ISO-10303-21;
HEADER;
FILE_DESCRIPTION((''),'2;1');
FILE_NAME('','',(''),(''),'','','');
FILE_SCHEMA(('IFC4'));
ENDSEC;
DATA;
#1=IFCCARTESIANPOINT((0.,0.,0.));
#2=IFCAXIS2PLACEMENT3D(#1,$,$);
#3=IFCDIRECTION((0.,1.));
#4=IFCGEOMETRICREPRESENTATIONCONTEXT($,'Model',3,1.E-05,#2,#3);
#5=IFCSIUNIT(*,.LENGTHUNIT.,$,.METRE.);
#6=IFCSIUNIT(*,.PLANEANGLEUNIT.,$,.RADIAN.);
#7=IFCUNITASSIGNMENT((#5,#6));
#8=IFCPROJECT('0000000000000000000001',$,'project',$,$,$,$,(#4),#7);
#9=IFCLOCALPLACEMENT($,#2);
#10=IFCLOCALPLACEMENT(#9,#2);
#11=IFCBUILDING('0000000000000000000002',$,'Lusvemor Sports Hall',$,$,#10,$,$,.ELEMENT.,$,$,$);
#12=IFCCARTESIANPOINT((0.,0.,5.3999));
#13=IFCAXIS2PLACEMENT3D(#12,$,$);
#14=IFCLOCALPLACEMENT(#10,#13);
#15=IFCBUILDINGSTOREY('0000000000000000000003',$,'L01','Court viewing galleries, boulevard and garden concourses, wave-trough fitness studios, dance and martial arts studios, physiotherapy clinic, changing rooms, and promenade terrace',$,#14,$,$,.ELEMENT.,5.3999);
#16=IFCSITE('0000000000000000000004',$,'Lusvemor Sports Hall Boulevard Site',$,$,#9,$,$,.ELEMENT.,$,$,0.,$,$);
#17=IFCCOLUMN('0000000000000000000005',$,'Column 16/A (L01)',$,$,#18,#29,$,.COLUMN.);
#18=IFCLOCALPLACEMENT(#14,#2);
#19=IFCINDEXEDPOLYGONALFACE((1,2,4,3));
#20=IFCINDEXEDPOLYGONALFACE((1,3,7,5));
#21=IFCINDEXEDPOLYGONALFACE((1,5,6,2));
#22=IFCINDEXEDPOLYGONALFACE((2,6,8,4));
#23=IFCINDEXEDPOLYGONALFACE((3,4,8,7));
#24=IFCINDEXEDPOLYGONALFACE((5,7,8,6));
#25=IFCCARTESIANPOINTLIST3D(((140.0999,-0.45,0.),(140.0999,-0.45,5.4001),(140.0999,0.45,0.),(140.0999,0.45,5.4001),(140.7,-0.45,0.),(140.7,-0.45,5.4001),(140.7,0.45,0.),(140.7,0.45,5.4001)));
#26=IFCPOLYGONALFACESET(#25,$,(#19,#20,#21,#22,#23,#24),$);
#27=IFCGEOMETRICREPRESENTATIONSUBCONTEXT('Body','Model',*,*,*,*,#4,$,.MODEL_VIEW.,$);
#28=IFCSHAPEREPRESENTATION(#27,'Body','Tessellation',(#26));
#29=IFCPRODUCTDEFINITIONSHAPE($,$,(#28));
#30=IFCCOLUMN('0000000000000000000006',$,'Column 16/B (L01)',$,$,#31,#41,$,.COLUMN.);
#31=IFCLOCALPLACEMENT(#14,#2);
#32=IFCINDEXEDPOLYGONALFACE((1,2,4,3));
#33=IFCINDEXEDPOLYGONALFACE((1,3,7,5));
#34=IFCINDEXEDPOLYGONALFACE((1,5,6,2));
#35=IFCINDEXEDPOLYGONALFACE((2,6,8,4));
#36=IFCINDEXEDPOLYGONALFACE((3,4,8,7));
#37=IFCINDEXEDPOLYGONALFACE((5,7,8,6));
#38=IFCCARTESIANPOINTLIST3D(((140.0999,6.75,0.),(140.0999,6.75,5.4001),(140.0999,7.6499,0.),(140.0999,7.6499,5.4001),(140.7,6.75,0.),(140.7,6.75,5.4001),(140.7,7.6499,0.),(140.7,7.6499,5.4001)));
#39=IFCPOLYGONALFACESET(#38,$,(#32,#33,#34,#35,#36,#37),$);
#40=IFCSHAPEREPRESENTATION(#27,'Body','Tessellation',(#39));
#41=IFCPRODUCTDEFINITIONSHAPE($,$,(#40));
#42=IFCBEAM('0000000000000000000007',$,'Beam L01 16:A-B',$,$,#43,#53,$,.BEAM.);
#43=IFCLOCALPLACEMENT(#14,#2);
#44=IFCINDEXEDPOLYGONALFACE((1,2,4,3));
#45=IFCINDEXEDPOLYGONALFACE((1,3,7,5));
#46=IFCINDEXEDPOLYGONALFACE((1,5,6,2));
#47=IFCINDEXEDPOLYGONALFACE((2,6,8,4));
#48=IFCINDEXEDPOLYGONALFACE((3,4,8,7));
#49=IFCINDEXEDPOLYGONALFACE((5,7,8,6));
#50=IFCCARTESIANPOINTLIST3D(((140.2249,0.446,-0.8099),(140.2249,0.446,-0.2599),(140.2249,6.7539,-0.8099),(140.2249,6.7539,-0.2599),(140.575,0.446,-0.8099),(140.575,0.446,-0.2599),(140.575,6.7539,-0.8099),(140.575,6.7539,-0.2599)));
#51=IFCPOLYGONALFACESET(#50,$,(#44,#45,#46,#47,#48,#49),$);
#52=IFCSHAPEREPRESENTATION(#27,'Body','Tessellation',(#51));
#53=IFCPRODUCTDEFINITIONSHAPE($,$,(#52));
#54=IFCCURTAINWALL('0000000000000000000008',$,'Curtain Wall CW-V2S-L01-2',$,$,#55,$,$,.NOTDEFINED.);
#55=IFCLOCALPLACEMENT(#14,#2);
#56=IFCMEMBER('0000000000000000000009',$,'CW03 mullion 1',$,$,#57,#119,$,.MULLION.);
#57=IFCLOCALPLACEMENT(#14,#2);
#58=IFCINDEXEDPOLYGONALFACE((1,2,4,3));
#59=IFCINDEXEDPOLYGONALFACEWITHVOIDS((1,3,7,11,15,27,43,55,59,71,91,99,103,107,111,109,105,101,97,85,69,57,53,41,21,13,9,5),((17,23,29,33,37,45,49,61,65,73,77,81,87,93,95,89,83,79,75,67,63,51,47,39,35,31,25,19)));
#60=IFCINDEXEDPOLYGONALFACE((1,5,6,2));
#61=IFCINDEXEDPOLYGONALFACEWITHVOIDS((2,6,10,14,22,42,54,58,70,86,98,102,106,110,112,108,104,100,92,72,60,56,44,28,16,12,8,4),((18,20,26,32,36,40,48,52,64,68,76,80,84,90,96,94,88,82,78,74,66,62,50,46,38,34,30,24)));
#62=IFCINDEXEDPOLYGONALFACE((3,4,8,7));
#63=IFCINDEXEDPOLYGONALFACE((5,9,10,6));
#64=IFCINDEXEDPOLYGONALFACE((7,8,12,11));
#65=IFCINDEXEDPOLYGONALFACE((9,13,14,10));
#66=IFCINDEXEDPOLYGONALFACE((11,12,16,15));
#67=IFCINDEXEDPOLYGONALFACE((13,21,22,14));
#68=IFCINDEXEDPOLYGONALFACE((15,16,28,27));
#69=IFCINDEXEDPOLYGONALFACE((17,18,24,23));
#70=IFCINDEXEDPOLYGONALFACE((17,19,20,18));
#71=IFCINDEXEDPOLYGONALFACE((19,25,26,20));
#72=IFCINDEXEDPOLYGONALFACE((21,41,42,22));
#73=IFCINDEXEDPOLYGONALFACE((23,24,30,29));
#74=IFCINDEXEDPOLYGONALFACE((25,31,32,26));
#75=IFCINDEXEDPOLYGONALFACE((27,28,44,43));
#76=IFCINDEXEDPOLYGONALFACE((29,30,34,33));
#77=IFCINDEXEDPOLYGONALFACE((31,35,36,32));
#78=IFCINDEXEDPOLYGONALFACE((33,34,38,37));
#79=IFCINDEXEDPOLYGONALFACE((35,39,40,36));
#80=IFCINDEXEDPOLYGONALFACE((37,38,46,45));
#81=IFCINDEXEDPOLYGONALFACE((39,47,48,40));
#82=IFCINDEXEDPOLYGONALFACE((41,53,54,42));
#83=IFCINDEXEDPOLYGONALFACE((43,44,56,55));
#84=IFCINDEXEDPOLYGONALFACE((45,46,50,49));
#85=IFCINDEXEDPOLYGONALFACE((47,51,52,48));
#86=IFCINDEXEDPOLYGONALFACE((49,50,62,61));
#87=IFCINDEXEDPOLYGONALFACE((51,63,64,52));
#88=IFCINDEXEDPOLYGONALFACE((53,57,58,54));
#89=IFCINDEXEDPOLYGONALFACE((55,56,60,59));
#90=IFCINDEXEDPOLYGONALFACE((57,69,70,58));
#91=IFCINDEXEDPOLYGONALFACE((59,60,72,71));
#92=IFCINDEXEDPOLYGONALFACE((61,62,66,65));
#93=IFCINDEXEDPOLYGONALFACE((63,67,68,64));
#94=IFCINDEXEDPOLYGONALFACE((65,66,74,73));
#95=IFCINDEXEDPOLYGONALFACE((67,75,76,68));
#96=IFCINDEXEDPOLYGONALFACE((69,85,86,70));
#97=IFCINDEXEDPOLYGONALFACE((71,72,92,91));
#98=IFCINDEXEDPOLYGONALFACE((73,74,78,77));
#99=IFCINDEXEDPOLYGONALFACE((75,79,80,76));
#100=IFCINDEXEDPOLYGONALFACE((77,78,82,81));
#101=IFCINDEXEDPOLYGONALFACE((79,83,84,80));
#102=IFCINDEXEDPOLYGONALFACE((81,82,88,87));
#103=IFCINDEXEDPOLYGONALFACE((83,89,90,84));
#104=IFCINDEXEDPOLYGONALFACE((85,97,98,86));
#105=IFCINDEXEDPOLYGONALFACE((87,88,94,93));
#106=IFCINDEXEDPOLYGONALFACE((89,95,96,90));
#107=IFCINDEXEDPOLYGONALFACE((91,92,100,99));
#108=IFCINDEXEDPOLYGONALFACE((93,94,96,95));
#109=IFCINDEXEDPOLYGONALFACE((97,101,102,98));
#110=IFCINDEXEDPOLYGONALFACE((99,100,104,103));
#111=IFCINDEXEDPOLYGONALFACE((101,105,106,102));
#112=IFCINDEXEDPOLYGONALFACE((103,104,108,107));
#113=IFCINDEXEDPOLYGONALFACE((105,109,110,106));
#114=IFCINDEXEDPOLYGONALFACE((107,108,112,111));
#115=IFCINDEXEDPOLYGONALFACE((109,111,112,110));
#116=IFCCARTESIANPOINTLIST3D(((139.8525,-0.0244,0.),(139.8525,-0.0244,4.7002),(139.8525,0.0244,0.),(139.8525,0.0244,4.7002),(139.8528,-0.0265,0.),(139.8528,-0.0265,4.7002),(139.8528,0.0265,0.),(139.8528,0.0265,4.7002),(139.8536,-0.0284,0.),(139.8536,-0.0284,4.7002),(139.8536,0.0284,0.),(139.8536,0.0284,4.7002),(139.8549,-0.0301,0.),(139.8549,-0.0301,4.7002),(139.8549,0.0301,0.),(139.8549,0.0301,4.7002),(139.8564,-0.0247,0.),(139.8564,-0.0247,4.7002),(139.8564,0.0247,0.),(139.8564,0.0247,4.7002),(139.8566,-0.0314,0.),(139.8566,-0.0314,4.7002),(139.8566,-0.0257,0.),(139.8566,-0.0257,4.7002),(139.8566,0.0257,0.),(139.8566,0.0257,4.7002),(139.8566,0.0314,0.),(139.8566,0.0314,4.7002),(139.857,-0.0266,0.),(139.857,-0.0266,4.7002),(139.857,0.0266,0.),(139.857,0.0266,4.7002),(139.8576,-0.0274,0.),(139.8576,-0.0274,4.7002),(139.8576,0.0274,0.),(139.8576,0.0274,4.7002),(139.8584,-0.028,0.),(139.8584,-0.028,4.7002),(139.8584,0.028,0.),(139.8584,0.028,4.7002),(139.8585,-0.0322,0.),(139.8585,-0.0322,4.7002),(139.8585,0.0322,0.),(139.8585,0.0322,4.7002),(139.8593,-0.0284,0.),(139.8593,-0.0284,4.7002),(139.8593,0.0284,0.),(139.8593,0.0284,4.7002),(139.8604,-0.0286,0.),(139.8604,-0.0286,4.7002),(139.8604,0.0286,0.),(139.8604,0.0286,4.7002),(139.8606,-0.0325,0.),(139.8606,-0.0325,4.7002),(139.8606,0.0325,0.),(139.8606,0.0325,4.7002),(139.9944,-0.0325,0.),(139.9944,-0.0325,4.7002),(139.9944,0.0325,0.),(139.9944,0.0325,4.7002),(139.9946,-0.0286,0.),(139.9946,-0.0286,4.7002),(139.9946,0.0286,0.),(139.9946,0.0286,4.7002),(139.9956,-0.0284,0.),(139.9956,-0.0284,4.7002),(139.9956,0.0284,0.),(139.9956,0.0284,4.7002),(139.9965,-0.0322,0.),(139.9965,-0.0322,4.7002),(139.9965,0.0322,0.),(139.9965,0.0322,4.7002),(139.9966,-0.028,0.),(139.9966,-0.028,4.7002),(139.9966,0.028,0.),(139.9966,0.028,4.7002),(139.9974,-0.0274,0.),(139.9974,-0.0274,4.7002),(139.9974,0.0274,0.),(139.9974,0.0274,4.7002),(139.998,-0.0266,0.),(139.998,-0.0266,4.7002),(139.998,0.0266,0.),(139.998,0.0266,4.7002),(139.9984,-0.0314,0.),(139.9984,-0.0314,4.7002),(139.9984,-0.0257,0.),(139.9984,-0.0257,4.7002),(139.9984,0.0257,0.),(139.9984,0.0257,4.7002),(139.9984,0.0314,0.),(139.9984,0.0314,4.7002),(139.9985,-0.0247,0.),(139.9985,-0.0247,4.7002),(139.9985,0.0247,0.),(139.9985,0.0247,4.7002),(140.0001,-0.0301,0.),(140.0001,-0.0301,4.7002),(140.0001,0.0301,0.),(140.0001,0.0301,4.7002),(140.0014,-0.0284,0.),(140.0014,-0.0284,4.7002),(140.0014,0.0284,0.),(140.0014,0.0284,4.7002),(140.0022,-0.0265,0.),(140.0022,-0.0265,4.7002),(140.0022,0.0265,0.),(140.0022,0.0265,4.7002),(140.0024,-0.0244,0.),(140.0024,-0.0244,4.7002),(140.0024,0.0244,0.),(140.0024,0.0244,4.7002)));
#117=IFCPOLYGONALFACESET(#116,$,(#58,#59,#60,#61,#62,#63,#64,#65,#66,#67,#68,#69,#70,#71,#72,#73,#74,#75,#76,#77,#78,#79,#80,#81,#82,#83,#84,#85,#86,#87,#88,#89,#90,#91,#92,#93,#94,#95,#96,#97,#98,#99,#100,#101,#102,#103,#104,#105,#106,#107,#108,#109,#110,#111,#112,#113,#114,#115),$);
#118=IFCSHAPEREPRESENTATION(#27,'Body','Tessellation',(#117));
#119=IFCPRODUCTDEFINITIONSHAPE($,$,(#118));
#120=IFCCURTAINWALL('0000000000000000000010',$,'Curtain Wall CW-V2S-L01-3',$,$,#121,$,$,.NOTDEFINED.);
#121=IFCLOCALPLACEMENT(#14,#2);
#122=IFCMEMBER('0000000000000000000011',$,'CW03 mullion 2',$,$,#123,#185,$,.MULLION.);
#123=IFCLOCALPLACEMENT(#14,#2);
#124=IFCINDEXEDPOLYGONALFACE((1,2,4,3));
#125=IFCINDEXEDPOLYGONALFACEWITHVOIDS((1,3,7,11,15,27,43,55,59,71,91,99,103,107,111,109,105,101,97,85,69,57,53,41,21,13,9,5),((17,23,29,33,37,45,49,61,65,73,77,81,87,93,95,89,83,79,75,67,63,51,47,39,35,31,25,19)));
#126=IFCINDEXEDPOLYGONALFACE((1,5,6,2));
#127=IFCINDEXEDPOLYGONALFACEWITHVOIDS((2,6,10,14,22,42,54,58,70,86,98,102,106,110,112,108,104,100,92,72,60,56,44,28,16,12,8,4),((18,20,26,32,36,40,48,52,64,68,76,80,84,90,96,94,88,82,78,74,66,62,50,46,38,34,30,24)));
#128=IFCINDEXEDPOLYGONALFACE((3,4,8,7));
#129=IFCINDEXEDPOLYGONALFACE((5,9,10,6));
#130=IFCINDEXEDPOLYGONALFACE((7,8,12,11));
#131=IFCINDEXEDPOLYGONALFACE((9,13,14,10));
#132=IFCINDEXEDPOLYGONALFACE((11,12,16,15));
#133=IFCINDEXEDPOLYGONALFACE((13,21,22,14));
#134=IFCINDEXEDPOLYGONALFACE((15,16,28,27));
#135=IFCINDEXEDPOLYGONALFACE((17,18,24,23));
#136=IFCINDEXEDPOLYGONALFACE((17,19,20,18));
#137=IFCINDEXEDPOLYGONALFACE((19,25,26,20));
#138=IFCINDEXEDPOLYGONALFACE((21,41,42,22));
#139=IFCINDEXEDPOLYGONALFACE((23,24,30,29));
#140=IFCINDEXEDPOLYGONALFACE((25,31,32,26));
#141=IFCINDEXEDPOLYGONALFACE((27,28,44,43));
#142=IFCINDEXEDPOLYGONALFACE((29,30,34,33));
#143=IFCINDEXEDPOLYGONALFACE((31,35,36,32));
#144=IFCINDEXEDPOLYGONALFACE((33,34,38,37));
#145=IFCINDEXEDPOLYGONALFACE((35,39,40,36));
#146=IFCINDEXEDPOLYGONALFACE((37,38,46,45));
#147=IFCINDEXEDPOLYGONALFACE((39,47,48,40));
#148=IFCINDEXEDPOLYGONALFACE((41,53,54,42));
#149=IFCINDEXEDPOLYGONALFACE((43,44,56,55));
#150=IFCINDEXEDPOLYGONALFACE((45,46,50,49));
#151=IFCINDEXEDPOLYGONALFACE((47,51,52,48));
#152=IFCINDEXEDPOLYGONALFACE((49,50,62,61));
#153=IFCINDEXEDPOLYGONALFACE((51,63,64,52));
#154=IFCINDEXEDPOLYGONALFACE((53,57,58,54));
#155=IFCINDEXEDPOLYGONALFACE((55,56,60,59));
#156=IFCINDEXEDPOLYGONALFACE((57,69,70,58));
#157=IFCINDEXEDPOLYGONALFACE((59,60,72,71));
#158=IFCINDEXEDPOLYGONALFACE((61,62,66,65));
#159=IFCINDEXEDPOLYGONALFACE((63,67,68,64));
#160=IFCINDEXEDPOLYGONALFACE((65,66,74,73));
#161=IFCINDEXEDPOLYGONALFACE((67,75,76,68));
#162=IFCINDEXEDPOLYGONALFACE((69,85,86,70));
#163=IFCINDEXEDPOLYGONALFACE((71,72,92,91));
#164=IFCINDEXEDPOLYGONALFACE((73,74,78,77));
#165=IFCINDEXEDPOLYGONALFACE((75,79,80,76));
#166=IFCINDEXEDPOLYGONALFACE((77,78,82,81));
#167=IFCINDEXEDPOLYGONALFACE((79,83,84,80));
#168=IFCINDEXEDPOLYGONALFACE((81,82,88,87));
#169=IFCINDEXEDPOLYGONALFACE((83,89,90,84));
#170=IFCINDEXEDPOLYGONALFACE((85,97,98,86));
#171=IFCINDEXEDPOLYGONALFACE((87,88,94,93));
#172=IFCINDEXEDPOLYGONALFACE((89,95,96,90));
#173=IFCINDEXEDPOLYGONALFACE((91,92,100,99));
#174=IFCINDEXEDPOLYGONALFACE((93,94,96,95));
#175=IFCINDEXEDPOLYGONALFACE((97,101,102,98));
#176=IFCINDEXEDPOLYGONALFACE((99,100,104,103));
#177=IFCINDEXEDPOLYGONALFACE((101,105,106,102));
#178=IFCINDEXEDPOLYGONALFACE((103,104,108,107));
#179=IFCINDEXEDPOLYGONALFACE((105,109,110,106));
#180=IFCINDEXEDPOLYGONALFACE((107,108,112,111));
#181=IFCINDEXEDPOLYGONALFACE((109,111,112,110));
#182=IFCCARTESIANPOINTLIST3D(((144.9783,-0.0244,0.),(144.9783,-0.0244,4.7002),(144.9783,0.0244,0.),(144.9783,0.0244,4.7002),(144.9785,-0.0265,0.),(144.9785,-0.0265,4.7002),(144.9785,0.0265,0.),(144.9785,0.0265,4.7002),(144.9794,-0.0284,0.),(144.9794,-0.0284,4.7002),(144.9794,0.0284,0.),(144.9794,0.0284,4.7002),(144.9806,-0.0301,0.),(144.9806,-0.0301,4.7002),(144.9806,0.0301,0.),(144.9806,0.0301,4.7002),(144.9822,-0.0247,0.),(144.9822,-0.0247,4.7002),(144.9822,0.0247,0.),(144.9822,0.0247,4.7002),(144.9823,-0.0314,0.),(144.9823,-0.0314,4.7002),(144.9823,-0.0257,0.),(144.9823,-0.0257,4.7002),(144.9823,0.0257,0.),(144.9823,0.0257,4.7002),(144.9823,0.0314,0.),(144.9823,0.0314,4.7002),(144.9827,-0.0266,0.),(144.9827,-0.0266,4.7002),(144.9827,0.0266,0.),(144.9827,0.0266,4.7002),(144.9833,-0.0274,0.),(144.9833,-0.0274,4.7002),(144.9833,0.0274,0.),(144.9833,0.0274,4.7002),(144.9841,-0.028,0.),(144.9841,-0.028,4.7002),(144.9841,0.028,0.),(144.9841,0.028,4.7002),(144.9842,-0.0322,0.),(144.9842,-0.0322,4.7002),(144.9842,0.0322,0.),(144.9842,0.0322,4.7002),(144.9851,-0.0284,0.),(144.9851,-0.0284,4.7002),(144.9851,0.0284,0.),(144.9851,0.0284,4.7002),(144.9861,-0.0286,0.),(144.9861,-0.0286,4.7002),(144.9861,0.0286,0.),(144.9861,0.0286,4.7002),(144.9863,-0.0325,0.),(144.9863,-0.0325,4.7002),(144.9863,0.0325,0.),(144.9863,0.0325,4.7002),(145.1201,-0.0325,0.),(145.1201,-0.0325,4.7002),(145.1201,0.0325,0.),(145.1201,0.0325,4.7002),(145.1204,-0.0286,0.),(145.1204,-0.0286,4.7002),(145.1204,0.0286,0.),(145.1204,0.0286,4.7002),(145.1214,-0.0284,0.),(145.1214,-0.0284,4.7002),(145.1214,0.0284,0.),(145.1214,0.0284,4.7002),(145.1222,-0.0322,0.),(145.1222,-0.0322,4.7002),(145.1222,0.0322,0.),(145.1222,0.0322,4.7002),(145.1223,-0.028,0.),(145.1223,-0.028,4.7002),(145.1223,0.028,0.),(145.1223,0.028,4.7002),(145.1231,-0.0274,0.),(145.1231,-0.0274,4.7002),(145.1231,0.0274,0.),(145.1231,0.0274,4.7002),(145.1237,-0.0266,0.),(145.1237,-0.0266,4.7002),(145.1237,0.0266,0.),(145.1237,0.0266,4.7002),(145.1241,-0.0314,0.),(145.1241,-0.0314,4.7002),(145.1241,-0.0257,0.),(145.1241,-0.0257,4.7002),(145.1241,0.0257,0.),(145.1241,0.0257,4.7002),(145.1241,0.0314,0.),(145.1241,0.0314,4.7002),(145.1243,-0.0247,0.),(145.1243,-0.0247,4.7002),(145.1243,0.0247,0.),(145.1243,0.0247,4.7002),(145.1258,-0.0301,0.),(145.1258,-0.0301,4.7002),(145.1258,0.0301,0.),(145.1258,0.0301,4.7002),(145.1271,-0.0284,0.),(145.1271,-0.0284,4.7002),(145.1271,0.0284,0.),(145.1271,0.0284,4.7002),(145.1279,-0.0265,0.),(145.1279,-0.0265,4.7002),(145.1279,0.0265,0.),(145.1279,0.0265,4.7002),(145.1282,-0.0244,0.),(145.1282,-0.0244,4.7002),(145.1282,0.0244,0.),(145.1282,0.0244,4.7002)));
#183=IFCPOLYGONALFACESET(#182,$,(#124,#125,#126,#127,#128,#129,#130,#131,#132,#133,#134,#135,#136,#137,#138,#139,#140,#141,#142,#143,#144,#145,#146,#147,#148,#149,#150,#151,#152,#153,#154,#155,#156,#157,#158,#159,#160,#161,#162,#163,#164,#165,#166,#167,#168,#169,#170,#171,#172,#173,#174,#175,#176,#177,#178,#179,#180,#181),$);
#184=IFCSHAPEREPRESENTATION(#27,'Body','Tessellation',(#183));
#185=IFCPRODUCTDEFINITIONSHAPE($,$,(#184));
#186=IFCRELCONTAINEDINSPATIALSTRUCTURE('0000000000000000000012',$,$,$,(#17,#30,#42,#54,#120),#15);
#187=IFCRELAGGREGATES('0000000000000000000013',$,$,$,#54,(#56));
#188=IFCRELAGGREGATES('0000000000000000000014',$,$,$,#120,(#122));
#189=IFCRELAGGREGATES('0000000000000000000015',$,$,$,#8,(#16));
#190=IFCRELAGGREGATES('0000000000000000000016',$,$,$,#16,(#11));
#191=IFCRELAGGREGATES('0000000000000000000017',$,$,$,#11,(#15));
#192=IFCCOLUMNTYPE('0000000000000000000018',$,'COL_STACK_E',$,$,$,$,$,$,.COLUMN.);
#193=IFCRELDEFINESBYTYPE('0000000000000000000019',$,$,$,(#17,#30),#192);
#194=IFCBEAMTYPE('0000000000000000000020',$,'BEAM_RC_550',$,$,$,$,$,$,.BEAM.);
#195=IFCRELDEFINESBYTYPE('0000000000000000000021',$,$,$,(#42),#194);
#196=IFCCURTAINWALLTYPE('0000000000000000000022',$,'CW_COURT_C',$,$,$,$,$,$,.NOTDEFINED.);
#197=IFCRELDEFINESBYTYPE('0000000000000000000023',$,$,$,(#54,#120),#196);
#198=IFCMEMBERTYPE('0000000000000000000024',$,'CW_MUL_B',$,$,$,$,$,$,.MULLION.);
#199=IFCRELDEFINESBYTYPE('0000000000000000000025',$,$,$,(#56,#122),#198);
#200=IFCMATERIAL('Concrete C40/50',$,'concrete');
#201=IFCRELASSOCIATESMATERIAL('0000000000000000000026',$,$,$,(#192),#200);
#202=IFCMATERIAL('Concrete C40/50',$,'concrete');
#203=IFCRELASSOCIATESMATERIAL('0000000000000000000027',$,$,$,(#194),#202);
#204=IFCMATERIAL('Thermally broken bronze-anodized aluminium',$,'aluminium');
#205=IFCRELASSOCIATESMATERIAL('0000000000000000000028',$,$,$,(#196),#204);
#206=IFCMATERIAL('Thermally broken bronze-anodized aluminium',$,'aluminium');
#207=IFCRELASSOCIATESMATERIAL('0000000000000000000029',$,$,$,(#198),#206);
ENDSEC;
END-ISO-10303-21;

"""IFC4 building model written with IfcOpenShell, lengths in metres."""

from ifc_helpers import new_model, si_unit, direction, frame, origin, origin_2d, place, context, subcontext, project, spatial, rectangle, hollow_rectangle, extrude, material, material_profile, profile_set, type_object, element, aggregate, save


model = new_model("IFC4")

# Units and contexts
model_context = context("Model", 3, precision=1e-05, world=origin(), true_north=direction((0.0, 1.0)))
body_context = subcontext(model_context, "Body", "Model", "MODEL_VIEW")
ifc_project = project(units=[si_unit("LENGTHUNIT", "METRE"), si_unit("PLANEANGLEUNIT", "RADIAN")], contexts=[model_context])

# Site, building, storey
site_placement = place(None, origin())
site = spatial("IfcSite", under=ifc_project, at=site_placement, Name="Lusvemor Sports Hall Boulevard Site", CompositionType="ELEMENT", RefElevation=0.0)
building_placement = place(site_placement, origin())
building = spatial("IfcBuilding", under=site, at=building_placement, Name="Lusvemor Sports Hall", CompositionType="ELEMENT")
storey_placement = place(building_placement, frame((0.0, 0.0, 5.3999)))
storey = spatial("IfcBuildingStorey", under=building, at=storey_placement, Name="L01", Description="Court viewing galleries, boulevard and garden concourses, wave-trough fitness studios, dance and martial arts studios, physiotherapy clinic, changing rooms, and promenade terrace", CompositionType="ELEMENT", Elevation=5.3999)

# Columns
ifc_material_1 = material(Name="Concrete C40/50", Category="concrete")
ifc_material_profile_1 = material_profile(ifc_material_1, rectangle(XDim=0.6001, YDim=0.8999, at=origin_2d()), Name="RC600x900")
ifc_profile_set_1 = profile_set([ifc_material_profile_1], Name="Concrete C40/50")
column_type = type_object("IfcColumnType", Name="COL_STACK_E", PredefinedType="COLUMN", material=ifc_profile_set_1)
for number, where, z_axis, x_axis, name in (
    (1, (140.3999, 0.0, 0.0), (0.0, 0.0, 1.0), (1.0, 0.0, 0.0), "Column 16/A (L01)"),
    (2, (140.3999, 7.2, 0.0), (0.0, 0.0, 1.0), (1.0, 0.0, 0.0), "Column 16/B (L01)"),
):
    element("IfcColumn", number, at=place(storey_placement, frame(where, z_axis=z_axis, x_axis=x_axis)), inside=storey, type_object=column_type, Name=name, PredefinedType="COLUMN", context=body_context, shape_type="SweptSolid", body=[
        extrude(rectangle(XDim=0.6001, YDim=0.8999, at=origin_2d()), origin(), (0.0, 0.0, 1.0), 5.4001),
    ])

# Beam
ifc_material_2 = material(Name="Concrete C40/50", Category="concrete")
ifc_material_profile_2 = material_profile(ifc_material_2, rectangle(XDim=0.3501, YDim=0.55, at=origin_2d()), Name="RC350x550")
ifc_profile_set_2 = profile_set([ifc_material_profile_2], Name="Concrete C40/50")
beam_type_1 = type_object("IfcBeamType", Name="BEAM_RC_550", PredefinedType="BEAM", material=ifc_profile_set_2)
beam_1_placement = place(storey_placement, frame((140.3999, 0.446, -0.5349), z_axis=(0.0, 1.0, 0.0), x_axis=(-1.0, 0.0, 0.0)))
element("IfcBeam", 3, at=beam_1_placement, inside=storey, type_object=beam_type_1, Name="Beam L01 16:A-B", PredefinedType="BEAM", context=body_context, shape_type="SweptSolid", body=[
    extrude(rectangle(XDim=0.3501, YDim=0.55, at=origin_2d()), origin(), (0.0, 0.0, 1.0), 6.3079),
])

# Curtain wall, member
ifc_material_3 = material(Name="Thermally broken bronze-anodized aluminium", Category="aluminium")
curtain_wall_type = type_object("IfcCurtainWallType", Name="CW_COURT_C", PredefinedType="NOTDEFINED", material=ifc_material_3)
curtain_wall_1_placement = place(storey_placement, origin())
curtain_wall_1 = element("IfcCurtainWall", 4, at=curtain_wall_1_placement, inside=storey, type_object=curtain_wall_type, Name="Curtain Wall CW-V2S-L01-2", PredefinedType="NOTDEFINED")
ifc_material_4 = material(Name="Thermally broken bronze-anodized aluminium", Category="aluminium")
ifc_material_profile_3 = material_profile(ifc_material_4, hollow_rectangle(XDim=0.0649, YDim=0.1499, WallThickness=0.0039, InnerFilletRadius=0.0039, OuterFilletRadius=0.0081, at=origin_2d()), Name="CWMUL150x65x4")
ifc_profile_set_3 = profile_set([ifc_material_profile_3], Name="Thermally broken bronze-anodized aluminium")
member_type_1 = type_object("IfcMemberType", Name="CW_MUL_B", PredefinedType="MULLION", material=ifc_profile_set_3)
member_1_placement = place(storey_placement, frame((139.9275, 0.0, 0.0), z_axis=(0.0, 0.0, 1.0), x_axis=(0.0, -1.0, 0.0)))
member_1 = element("IfcMember", 5, at=member_1_placement, type_object=member_type_1, Name="CW03 mullion 1", PredefinedType="MULLION", context=body_context, shape_type="SweptSolid", body=[
    extrude(hollow_rectangle(XDim=0.0649, YDim=0.1499, WallThickness=0.0039, InnerFilletRadius=0.0039, OuterFilletRadius=0.0081, at=origin_2d()), origin(), (0.0, 0.0, 1.0), 4.7002),
])

# Curtain wall, member
curtain_wall_2_placement = place(storey_placement, origin())
curtain_wall_2 = element("IfcCurtainWall", 6, at=curtain_wall_2_placement, inside=storey, type_object=curtain_wall_type, Name="Curtain Wall CW-V2S-L01-3", PredefinedType="NOTDEFINED")
member_2_placement = place(storey_placement, frame((145.0532, 0.0, 0.0), z_axis=(0.0, 0.0, 1.0), x_axis=(0.0, -1.0, 0.0)))
member_2 = element("IfcMember", 7, at=member_2_placement, type_object=member_type_1, Name="CW03 mullion 2", PredefinedType="MULLION", context=body_context, shape_type="SweptSolid", body=[
    extrude(hollow_rectangle(XDim=0.0649, YDim=0.1499, WallThickness=0.0039, InnerFilletRadius=0.0039, OuterFilletRadius=0.0081, at=origin_2d()), origin(), (0.0, 0.0, 1.0), 4.7002),
])

aggregate(curtain_wall_1, [member_1])

aggregate(curtain_wall_2, [member_2])

save(model, "model.ifc")
